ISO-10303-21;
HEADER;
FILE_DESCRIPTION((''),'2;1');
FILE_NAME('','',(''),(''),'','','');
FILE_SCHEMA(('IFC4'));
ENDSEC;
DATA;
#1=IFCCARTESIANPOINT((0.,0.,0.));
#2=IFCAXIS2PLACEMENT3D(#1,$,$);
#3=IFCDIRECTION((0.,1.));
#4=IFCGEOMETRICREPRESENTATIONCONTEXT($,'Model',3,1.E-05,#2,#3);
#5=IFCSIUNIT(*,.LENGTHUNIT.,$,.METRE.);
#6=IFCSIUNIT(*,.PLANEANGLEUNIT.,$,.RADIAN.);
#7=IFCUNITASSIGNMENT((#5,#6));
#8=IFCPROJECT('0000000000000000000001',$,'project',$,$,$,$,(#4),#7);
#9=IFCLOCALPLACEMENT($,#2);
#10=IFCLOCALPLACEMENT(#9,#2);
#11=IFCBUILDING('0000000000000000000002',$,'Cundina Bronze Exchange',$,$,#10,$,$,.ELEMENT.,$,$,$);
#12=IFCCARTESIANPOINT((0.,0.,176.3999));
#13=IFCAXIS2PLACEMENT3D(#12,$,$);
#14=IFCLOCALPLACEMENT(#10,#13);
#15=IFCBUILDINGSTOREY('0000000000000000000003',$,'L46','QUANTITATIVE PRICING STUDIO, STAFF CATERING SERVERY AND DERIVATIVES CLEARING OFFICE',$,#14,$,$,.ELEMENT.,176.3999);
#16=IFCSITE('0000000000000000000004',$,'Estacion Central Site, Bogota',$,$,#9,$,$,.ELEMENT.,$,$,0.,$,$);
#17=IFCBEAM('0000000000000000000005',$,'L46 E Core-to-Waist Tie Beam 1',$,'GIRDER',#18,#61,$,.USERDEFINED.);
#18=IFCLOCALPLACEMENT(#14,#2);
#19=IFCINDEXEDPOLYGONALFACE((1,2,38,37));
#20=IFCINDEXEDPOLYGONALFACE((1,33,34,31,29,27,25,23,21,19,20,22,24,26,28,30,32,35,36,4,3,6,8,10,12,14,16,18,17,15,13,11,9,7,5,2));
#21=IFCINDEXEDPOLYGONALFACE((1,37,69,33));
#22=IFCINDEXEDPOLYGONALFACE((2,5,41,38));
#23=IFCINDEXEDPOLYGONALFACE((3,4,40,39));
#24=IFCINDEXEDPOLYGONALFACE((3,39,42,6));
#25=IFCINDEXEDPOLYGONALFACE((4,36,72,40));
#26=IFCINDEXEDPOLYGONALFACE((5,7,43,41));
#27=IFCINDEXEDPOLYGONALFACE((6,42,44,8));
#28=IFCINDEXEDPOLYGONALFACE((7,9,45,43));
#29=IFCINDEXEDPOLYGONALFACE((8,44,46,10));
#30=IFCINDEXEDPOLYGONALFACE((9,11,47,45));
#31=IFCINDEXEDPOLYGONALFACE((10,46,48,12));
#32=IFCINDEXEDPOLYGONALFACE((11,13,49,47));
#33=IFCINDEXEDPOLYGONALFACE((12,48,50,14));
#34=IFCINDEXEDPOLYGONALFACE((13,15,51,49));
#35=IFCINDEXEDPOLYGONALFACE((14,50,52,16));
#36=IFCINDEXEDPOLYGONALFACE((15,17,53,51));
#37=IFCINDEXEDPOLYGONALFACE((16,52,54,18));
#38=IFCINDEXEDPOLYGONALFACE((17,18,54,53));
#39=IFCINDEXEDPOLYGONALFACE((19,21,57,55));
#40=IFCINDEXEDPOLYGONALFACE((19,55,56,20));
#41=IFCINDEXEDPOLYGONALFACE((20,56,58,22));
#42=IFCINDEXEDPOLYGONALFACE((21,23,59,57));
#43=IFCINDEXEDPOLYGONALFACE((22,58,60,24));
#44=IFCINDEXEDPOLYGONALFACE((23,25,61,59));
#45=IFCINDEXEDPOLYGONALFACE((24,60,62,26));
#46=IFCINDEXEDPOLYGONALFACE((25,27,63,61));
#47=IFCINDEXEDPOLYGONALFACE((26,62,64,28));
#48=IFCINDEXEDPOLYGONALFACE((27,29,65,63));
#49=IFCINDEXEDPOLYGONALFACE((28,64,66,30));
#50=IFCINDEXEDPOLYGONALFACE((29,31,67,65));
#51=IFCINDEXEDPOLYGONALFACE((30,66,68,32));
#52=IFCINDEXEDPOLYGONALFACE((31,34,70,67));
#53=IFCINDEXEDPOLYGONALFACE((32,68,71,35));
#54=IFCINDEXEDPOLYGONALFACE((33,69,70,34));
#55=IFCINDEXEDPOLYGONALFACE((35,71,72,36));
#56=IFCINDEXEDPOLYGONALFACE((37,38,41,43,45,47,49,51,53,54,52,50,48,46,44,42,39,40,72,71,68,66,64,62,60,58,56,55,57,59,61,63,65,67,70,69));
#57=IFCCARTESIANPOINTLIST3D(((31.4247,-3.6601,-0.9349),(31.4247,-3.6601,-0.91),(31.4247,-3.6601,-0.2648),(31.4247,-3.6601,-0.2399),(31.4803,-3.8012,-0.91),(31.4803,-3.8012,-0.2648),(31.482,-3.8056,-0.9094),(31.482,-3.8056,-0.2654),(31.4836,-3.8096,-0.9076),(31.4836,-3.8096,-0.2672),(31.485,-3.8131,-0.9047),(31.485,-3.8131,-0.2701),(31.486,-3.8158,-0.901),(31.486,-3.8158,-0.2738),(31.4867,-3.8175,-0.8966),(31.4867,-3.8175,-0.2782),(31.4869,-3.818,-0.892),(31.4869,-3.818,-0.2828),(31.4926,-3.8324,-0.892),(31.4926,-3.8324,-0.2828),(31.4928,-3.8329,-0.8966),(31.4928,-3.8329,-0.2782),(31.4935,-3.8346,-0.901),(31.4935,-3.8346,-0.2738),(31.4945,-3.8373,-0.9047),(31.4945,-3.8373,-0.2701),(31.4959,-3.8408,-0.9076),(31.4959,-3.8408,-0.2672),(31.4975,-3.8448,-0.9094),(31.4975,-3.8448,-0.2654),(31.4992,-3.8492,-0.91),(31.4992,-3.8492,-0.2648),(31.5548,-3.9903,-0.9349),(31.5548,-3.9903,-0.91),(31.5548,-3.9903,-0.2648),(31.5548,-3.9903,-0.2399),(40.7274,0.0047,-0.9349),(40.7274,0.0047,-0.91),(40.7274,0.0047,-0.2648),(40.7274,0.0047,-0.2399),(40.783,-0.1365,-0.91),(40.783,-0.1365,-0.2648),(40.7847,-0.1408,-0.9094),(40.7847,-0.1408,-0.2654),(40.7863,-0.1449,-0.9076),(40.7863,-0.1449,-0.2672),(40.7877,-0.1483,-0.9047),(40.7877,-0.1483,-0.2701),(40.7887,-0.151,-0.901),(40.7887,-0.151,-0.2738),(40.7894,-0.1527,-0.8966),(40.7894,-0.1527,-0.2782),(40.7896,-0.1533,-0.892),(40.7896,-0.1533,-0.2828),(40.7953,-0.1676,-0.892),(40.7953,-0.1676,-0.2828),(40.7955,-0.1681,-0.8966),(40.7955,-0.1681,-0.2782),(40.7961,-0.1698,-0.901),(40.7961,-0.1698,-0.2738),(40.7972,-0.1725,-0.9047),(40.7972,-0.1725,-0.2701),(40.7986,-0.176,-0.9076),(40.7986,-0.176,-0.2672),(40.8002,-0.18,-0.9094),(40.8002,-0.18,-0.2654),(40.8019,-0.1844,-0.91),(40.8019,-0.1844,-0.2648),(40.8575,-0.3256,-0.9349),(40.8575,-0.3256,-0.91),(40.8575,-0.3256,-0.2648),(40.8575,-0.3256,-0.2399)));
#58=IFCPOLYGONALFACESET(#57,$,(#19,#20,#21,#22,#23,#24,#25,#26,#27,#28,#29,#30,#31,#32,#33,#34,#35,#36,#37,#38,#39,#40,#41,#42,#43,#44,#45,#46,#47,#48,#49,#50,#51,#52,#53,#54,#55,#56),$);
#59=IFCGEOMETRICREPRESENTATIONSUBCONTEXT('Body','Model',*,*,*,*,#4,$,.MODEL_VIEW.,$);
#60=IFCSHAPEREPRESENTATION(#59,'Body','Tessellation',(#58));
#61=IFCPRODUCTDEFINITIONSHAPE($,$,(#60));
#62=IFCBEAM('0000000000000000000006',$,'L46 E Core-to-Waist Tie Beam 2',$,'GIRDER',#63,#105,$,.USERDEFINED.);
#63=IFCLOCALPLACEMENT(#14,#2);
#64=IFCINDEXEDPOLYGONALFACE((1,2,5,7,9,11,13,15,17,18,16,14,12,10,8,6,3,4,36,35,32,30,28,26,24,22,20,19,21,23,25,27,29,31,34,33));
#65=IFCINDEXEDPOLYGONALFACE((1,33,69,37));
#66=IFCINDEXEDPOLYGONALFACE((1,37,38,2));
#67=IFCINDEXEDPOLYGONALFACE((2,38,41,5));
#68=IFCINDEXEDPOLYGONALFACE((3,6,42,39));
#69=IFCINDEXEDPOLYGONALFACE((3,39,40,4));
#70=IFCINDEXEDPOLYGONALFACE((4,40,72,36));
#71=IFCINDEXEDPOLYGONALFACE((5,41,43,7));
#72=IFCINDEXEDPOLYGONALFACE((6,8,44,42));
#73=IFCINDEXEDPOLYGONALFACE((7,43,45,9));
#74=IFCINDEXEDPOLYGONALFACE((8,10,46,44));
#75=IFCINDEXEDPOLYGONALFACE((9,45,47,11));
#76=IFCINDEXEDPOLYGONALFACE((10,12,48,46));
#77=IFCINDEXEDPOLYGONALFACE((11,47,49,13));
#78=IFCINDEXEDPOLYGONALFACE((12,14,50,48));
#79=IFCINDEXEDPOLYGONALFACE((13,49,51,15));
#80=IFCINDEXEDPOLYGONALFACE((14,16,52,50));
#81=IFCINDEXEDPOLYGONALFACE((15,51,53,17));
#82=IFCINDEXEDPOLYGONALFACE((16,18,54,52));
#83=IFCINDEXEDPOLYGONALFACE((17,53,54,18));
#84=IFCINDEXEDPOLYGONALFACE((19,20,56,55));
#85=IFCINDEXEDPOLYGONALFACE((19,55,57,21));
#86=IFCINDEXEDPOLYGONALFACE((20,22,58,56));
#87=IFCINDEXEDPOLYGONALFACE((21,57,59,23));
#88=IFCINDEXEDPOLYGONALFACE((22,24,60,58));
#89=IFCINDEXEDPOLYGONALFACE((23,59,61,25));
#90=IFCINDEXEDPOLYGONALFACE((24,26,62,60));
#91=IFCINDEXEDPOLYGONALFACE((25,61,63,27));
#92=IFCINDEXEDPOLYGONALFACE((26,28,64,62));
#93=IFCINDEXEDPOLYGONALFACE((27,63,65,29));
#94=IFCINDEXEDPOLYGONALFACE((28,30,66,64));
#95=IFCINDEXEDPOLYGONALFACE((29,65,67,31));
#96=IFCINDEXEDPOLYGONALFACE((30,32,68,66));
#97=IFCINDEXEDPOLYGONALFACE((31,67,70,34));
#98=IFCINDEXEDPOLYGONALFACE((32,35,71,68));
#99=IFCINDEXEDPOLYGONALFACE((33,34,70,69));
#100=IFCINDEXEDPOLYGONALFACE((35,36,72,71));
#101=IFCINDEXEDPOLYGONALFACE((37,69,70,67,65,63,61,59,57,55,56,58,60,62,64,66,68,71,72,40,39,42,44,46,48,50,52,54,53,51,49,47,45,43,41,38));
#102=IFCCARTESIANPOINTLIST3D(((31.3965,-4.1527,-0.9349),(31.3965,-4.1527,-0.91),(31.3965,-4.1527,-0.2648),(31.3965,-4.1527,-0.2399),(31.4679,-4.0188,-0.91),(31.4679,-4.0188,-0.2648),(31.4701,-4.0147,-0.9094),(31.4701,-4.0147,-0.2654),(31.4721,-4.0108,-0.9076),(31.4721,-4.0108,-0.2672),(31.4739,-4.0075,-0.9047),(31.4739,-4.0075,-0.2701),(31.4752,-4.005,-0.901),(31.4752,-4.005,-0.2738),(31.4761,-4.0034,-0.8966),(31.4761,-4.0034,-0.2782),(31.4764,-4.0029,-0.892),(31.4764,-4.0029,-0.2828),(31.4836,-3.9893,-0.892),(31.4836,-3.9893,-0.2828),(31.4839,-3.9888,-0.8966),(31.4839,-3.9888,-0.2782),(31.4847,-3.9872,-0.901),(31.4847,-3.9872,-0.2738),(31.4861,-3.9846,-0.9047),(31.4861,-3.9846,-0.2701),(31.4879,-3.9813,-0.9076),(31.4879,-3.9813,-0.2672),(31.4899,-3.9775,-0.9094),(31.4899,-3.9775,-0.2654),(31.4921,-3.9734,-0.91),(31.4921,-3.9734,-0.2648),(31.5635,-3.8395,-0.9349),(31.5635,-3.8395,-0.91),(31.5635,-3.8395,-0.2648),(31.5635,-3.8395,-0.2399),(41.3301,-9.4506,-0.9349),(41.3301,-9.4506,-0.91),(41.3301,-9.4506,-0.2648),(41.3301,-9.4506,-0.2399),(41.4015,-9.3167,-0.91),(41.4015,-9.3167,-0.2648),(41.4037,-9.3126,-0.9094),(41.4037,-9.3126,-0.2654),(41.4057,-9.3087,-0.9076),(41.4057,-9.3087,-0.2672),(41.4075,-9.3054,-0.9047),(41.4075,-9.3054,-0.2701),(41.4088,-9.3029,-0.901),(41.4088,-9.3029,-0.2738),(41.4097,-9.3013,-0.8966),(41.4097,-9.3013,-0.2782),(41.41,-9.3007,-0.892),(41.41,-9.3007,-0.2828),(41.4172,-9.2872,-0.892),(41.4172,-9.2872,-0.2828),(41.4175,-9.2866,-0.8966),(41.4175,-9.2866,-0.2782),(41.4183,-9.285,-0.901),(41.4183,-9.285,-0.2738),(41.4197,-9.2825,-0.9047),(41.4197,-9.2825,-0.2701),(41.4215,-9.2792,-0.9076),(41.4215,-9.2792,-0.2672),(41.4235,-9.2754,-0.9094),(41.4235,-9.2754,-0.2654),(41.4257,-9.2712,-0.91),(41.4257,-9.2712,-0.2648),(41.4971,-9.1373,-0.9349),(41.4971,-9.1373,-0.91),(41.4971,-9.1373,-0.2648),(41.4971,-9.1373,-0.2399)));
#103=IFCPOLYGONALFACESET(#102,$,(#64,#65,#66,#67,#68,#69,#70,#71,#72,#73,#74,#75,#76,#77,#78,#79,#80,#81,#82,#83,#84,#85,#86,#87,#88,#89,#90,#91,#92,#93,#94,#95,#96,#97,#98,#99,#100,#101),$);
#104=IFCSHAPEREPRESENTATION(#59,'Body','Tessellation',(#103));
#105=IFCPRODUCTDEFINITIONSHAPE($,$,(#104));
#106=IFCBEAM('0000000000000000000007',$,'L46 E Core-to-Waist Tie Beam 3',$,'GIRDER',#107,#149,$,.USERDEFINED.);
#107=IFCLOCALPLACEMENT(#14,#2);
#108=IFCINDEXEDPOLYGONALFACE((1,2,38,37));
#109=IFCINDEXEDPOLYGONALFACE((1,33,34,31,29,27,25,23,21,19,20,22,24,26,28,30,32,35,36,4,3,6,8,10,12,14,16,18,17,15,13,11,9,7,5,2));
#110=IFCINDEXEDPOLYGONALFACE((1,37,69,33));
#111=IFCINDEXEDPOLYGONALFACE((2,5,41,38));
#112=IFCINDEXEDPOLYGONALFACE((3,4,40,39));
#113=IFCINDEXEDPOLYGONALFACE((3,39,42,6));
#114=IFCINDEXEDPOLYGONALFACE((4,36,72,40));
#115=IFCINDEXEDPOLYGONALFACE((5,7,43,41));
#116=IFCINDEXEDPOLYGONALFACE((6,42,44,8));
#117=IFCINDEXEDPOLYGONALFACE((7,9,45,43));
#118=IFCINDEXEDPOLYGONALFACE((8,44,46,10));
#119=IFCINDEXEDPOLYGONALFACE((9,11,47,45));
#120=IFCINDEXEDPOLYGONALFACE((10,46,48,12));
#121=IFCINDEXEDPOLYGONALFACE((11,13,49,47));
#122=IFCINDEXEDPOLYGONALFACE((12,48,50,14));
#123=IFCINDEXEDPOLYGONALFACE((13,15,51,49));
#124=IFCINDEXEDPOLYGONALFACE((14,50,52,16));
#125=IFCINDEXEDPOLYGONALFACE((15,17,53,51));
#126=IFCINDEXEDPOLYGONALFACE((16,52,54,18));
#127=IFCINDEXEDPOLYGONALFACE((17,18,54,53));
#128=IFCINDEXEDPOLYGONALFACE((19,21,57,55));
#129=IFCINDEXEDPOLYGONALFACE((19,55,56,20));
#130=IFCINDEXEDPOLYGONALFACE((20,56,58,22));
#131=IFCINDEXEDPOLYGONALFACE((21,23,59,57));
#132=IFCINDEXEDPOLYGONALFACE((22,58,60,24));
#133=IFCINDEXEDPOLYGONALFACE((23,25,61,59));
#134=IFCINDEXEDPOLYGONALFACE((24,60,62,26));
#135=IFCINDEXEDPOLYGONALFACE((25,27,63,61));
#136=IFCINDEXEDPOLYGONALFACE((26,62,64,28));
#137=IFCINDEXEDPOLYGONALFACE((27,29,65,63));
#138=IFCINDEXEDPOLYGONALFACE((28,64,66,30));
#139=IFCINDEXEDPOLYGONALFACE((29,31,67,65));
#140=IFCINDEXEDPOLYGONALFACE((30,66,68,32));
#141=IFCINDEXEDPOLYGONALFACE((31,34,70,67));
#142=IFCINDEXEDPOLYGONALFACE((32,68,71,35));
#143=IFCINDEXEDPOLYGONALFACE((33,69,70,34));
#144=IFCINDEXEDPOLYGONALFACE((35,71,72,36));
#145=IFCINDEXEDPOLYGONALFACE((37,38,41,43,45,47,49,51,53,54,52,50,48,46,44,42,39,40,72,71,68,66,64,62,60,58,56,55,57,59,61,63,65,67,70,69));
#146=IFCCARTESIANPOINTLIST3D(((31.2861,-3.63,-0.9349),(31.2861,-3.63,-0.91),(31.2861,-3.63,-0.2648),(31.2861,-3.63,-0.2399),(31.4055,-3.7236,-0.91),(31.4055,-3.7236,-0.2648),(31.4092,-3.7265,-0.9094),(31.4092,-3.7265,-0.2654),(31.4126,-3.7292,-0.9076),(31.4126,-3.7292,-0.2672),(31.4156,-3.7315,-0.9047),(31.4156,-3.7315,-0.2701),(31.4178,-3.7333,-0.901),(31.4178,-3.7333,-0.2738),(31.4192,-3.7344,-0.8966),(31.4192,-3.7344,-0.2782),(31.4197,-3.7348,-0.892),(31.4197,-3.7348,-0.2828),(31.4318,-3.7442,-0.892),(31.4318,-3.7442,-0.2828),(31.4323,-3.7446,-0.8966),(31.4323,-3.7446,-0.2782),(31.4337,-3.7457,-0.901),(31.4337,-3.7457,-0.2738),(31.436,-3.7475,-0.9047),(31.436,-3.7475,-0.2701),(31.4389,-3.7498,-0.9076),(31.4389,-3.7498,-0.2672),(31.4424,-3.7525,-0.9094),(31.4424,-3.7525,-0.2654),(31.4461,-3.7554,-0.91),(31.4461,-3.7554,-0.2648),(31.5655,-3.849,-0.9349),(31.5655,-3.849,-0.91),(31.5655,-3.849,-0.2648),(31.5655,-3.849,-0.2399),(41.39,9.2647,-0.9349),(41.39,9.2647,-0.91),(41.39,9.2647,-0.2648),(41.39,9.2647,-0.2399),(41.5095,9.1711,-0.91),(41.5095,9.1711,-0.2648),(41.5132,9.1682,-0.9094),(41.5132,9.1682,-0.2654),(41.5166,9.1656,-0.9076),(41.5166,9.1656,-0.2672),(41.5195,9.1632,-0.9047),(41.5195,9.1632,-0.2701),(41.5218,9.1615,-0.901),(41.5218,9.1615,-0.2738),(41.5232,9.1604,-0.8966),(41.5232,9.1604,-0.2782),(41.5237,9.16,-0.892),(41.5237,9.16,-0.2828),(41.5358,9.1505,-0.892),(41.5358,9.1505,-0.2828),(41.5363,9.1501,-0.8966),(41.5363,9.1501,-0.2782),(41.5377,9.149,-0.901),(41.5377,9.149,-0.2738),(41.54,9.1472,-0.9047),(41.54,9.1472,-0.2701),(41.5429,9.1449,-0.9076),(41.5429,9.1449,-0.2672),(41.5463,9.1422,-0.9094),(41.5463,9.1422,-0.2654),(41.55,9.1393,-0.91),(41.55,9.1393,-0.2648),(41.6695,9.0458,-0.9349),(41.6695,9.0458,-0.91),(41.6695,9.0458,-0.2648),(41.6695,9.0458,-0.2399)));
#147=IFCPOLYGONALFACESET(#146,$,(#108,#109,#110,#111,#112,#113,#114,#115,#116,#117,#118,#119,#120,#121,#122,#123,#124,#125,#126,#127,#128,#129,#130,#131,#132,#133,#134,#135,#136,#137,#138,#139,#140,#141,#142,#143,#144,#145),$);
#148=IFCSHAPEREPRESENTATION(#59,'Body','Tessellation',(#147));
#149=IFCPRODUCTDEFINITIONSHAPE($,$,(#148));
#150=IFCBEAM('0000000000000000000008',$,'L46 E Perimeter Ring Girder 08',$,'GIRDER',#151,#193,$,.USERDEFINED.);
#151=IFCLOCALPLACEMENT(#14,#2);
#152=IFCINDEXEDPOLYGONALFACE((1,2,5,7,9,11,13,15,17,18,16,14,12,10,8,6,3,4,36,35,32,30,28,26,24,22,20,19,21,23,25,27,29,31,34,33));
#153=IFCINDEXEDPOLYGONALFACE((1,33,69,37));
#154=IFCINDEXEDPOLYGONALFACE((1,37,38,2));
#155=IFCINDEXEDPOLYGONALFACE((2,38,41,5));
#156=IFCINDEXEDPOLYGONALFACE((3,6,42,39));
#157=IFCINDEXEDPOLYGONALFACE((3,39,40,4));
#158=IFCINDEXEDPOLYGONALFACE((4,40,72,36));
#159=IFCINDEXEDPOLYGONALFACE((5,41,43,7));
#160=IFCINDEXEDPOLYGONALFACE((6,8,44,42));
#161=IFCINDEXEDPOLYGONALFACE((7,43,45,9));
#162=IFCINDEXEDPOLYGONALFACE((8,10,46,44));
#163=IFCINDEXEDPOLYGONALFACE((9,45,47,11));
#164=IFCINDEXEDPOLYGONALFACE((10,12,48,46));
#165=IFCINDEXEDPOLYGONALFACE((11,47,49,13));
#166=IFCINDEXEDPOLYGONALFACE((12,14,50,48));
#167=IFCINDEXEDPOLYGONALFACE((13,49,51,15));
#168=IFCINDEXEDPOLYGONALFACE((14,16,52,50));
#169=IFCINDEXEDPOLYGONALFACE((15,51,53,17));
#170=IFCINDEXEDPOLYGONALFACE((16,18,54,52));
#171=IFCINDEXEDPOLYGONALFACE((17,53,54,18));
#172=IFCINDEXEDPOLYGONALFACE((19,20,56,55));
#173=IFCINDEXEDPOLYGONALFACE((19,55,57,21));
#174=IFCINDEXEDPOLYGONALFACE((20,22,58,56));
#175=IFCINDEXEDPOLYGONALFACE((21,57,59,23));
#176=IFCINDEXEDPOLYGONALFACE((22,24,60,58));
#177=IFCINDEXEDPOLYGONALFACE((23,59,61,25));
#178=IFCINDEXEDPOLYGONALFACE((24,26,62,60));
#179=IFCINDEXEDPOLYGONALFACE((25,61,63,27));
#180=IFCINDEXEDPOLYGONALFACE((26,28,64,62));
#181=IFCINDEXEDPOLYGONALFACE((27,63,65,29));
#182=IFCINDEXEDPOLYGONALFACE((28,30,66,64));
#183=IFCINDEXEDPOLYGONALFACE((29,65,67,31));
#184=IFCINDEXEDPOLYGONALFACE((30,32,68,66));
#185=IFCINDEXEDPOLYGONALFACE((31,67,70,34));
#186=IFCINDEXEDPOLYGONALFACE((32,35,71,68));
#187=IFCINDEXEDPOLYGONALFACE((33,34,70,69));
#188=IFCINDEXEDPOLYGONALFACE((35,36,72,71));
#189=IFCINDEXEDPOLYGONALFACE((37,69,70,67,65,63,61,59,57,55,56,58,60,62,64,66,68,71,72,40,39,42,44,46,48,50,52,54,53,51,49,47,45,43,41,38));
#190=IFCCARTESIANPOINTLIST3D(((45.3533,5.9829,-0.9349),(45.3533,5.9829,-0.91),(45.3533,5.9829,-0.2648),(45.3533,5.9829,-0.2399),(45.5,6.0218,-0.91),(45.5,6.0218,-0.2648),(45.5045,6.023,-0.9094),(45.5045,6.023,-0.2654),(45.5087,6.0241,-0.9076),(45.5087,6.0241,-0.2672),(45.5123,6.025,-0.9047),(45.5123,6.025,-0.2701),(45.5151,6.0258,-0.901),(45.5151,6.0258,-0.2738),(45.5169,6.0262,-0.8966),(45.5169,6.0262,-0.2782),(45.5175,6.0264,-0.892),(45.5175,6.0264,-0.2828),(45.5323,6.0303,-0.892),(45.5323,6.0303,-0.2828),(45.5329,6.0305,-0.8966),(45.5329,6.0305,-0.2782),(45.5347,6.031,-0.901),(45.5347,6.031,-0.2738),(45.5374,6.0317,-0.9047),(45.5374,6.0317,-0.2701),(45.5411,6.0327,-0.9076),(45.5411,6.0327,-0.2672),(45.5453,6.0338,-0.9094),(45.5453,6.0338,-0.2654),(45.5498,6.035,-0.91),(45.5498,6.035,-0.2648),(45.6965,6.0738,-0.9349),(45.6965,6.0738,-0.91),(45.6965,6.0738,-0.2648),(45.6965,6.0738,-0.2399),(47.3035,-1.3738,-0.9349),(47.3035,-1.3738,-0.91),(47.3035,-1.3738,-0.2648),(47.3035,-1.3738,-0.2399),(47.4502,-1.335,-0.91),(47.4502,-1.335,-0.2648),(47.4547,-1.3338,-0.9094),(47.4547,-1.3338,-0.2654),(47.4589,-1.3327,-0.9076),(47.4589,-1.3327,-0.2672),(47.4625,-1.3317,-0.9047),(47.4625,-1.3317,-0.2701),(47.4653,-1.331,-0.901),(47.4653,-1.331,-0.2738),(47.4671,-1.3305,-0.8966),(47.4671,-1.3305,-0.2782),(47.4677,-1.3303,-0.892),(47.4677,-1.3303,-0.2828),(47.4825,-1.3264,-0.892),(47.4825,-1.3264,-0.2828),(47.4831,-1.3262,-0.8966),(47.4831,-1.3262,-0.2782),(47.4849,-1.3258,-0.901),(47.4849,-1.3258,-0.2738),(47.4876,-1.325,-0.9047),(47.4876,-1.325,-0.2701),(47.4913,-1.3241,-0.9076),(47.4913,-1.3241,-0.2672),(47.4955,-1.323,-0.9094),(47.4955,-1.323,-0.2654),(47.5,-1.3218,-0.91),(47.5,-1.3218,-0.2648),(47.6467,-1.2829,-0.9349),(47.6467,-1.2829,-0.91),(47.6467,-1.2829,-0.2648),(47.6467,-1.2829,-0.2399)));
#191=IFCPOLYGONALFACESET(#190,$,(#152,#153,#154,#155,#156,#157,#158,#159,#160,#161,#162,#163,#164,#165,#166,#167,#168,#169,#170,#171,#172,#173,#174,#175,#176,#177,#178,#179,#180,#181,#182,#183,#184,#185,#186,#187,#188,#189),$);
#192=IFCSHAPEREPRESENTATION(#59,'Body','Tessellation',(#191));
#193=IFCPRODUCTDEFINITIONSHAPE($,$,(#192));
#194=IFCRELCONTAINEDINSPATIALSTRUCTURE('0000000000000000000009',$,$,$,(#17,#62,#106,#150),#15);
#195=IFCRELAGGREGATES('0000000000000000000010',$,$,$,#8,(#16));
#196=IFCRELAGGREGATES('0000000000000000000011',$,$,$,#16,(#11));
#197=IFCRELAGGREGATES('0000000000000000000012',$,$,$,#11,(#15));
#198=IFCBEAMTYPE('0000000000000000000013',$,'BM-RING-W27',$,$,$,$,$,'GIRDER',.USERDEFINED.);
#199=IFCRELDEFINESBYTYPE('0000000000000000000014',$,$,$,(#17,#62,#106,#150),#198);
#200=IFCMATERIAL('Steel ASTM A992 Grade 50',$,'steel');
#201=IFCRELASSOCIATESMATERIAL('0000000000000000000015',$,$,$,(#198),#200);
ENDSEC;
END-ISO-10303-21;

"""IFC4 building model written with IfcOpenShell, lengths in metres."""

from ifc_helpers import new_model, si_unit, direction, frame, origin, origin_2d, place, context, subcontext, project, spatial, i_section, extrude, material, material_profile, profile_set, type_object, element, save


model = new_model("IFC4")

# Units and contexts
model_context = context("Model", 3, precision=1e-05, world=origin(), true_north=direction((0.0, 1.0)))
body_context = subcontext(model_context, "Body", "Model", "MODEL_VIEW")
ifc_project = project(units=[si_unit("LENGTHUNIT", "METRE"), si_unit("PLANEANGLEUNIT", "RADIAN")], contexts=[model_context])

# Site, building, storey
site_placement = place(None, origin())
site = spatial("IfcSite", under=ifc_project, at=site_placement, Name="Estacion Central Site, Bogota", CompositionType="ELEMENT", RefElevation=0.0)
building_placement = place(site_placement, origin())
building = spatial("IfcBuilding", under=site, at=building_placement, Name="Cundina Bronze Exchange", CompositionType="ELEMENT")
storey_placement = place(building_placement, frame((0.0, 0.0, 176.3999)))
storey = spatial("IfcBuildingStorey", under=building, at=storey_placement, Name="L46", Description="QUANTITATIVE PRICING STUDIO, STAFF CATERING SERVERY AND DERIVATIVES CLEARING OFFICE", CompositionType="ELEMENT", Elevation=176.3999)

# Shared definitions
ifc_material_1 = material(Name="Steel ASTM A992 Grade 50", Category="steel")

# Beams
ifc_material_profile_1 = material_profile(ifc_material_1, i_section(OverallWidth=0.355, OverallDepth=0.6951, WebThickness=0.0154, FlangeThickness=0.0249, FilletRadius=0.0181, at=origin_2d()), Name="W27X146", Category="steel")
ifc_profile_set_1 = profile_set([ifc_material_profile_1], Name="Steel ASTM A992 Grade 50")
beam_type_1 = type_object("IfcBeamType", Name="BM-RING-W27", ElementType="GIRDER", PredefinedType="USERDEFINED", material=ifc_profile_set_1)
beam_1_placement = place(storey_placement, frame((31.4897, -3.8252, -0.5874), z_axis=(0.930406, 0.366532, 0.0), x_axis=(-0.366532, 0.930406, 0.0)))
element("IfcBeam", 1, at=beam_1_placement, inside=storey, type_object=beam_type_1, Name="L46 E Core-to-Waist Tie Beam 1", ObjectType="GIRDER", PredefinedType="USERDEFINED", context=body_context, shape_type="SweptSolid", body=[
    extrude(i_section(OverallWidth=0.355, OverallDepth=0.6951, WebThickness=0.0154, FlangeThickness=0.0249, FilletRadius=0.0181, at=origin_2d()), origin(), (0.0, 0.0, 1.0), 9.9985),
])
beam_2_placement = place(storey_placement, frame((31.48, -3.9961, -0.5874), z_axis=(0.882355, -0.470584, 0.0), x_axis=(0.470584, 0.882355, 0.0)))
element("IfcBeam", 2, at=beam_2_placement, inside=storey, type_object=beam_type_1, Name="L46 E Core-to-Waist Tie Beam 2", ObjectType="GIRDER", PredefinedType="USERDEFINED", context=body_context, shape_type="SweptSolid", body=[
    extrude(i_section(OverallWidth=0.355, OverallDepth=0.6951, WebThickness=0.0154, FlangeThickness=0.0249, FilletRadius=0.0181, at=origin_2d()), origin(), (0.0, 0.0, 1.0), 11.2581),
])
beam_3_placement = place(storey_placement, frame((31.4258, -3.7395, -0.5874), z_axis=(0.616779, 0.787136, 0.0), x_axis=(-0.787136, 0.616779, 0.0)))
element("IfcBeam", 3, at=beam_3_placement, inside=storey, type_object=beam_type_1, Name="L46 E Core-to-Waist Tie Beam 3", ObjectType="GIRDER", PredefinedType="USERDEFINED", context=body_context, shape_type="SweptSolid", body=[
    extrude(i_section(OverallWidth=0.355, OverallDepth=0.6951, WebThickness=0.0154, FlangeThickness=0.0249, FilletRadius=0.0181, at=origin_2d()), origin(), (0.0, 0.0, 1.0), 16.3818),
])
for number, where, z_axis, x_axis, name in (
    (4, (47.4751, -1.3284, -0.5874), (-0.256241, 0.966613, 0.0), (-0.966613, -0.256241, 0.0), "L46 E Perimeter Ring Girder 08"),
):
    element("IfcBeam", number, at=place(storey_placement, frame(where, z_axis=z_axis, x_axis=x_axis)), inside=storey, type_object=beam_type_1, Name=name, ObjectType="GIRDER", PredefinedType="USERDEFINED", context=body_context, shape_type="SweptSolid", body=[
        extrude(i_section(OverallWidth=0.355, OverallDepth=0.6951, WebThickness=0.0154, FlangeThickness=0.0249, FilletRadius=0.0181, at=origin_2d()), origin(), (0.0, 0.0, 1.0), 7.6108),
    ])

save(model, "model.ifc")
